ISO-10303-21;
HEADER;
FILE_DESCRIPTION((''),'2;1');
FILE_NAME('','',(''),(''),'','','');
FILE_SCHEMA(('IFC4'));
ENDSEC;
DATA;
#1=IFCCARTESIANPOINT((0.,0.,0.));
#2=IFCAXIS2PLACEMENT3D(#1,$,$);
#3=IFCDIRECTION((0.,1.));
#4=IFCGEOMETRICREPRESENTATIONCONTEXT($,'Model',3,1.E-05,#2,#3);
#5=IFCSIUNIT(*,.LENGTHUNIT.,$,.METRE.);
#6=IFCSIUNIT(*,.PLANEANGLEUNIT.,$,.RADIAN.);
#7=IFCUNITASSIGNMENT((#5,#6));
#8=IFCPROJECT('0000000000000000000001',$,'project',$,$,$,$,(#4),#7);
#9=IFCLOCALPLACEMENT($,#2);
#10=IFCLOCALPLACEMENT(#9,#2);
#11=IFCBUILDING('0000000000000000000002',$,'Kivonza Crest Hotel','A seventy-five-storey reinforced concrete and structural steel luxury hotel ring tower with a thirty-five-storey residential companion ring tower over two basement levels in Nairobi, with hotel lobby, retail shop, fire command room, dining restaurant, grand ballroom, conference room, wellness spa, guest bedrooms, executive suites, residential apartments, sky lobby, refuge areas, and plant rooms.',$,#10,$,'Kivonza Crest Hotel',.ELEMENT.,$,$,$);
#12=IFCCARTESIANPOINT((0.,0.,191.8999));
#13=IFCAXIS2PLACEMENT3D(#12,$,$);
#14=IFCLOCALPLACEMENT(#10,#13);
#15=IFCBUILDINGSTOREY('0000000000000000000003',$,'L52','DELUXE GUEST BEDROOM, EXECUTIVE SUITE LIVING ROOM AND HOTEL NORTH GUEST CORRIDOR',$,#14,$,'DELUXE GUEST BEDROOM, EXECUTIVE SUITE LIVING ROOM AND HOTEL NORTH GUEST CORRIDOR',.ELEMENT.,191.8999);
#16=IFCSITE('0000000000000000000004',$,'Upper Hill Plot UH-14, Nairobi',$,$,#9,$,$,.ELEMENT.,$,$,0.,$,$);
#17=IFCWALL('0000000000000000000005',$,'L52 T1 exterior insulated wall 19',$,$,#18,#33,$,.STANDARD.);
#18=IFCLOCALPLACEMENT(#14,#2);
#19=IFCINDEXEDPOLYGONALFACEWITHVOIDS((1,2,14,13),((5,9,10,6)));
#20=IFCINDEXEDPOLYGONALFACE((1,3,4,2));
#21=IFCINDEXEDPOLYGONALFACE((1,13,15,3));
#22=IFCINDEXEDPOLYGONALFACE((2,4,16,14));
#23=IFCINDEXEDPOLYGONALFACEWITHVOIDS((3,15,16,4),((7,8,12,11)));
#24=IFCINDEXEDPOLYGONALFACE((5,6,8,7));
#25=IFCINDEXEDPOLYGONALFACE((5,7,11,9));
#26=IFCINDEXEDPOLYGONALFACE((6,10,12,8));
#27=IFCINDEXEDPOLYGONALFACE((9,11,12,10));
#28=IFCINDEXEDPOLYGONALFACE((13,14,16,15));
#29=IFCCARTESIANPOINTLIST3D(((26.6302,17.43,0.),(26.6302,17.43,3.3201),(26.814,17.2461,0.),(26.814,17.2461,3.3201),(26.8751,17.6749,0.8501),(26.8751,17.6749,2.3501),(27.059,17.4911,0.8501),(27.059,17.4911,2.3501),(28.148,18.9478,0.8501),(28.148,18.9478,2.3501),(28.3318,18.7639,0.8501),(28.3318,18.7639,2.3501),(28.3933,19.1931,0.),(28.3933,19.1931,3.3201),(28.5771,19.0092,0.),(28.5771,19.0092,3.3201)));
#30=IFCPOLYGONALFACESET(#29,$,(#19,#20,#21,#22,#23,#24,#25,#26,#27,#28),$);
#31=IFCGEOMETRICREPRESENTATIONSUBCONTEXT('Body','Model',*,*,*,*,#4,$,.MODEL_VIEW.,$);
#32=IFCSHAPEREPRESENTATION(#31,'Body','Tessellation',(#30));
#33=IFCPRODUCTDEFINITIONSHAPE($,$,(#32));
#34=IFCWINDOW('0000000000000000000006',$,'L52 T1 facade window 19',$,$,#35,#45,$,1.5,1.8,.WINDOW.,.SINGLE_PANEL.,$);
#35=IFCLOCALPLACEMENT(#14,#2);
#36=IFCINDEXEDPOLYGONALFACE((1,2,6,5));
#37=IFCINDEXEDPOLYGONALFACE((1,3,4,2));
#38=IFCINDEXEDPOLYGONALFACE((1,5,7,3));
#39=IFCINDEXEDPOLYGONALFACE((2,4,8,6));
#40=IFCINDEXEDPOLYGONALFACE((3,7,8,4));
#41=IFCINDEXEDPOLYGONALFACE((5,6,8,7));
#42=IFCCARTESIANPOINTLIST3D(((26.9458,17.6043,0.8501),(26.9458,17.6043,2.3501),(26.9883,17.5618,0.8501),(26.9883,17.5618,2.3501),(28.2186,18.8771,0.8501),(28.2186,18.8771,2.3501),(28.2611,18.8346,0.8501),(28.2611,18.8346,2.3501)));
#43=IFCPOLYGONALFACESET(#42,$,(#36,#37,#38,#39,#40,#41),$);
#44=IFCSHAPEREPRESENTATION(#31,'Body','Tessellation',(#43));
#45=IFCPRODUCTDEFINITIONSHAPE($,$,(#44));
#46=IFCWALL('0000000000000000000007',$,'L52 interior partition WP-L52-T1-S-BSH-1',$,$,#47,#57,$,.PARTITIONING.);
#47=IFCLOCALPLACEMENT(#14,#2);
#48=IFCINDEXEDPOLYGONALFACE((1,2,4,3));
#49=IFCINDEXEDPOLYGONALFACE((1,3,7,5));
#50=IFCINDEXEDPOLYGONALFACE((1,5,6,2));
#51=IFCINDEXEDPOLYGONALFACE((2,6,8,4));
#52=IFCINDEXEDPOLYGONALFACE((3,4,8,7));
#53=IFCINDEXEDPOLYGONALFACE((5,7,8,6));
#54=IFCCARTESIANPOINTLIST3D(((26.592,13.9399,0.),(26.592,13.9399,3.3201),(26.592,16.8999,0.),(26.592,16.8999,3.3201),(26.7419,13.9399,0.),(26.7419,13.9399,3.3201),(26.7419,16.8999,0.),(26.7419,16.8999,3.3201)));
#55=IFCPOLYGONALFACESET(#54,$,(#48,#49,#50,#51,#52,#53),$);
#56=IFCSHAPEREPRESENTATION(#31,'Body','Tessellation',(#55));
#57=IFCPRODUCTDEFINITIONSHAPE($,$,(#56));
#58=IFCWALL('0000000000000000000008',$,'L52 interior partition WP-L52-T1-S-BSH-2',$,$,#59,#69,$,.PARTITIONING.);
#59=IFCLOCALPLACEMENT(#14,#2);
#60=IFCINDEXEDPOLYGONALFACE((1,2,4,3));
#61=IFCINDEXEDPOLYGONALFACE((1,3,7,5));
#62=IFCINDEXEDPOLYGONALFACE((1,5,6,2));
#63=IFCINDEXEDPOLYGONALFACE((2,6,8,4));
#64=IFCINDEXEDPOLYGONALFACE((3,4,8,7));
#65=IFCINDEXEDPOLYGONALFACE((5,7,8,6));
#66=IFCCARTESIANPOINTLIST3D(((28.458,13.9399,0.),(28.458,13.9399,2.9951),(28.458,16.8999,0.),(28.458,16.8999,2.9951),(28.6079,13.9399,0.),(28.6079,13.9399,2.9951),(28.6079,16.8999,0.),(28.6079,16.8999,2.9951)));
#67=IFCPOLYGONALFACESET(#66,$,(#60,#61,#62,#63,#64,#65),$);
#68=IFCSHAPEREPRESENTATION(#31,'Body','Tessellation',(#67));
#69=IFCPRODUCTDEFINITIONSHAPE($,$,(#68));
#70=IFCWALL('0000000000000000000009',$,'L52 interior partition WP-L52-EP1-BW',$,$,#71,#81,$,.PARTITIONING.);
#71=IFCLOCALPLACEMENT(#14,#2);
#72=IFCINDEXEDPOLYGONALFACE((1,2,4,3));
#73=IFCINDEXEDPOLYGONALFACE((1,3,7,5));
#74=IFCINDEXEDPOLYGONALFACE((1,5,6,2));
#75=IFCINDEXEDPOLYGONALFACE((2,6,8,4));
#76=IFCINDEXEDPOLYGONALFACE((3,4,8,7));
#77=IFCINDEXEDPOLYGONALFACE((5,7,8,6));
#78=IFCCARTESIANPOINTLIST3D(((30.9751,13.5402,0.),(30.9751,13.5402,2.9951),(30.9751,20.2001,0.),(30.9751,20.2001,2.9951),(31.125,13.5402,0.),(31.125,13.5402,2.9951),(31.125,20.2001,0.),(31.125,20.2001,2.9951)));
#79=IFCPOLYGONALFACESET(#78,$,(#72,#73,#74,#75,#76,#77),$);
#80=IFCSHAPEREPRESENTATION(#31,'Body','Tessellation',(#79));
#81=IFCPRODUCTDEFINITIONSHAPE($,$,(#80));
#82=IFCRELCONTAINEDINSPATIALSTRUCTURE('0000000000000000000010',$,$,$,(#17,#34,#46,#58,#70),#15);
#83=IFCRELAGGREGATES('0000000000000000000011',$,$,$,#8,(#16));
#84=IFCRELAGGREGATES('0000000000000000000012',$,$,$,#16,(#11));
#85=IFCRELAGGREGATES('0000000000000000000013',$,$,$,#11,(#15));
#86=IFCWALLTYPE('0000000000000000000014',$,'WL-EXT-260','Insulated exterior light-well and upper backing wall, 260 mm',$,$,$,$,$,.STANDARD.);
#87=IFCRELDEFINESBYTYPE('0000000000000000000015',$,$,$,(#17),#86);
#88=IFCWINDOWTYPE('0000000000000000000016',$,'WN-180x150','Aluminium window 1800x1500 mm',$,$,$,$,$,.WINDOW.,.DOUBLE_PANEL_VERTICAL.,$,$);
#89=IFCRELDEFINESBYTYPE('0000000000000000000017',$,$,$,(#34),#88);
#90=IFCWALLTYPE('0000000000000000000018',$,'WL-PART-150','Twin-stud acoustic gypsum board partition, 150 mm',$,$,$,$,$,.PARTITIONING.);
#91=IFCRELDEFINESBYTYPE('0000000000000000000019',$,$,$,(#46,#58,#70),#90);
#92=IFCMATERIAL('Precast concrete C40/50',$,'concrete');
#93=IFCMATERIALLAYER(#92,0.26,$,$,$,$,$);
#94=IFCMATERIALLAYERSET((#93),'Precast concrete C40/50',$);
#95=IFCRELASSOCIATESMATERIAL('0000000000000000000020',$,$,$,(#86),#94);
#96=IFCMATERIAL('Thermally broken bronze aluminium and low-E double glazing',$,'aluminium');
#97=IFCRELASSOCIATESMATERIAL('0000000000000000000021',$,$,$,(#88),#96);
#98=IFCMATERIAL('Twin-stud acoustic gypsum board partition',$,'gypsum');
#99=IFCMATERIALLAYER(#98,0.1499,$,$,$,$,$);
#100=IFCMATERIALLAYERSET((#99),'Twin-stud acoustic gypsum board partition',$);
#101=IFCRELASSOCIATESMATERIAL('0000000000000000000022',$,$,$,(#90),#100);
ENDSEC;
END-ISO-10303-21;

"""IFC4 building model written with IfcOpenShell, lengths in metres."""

from ifc_helpers import new_model, si_unit, direction, frame, frame_2d, origin, place, context, subcontext, project, spatial, rectangle, extrude, material, layer, layer_set, type_object, element, fill, save


model = new_model("IFC4")

# Units and contexts
model_context = context("Model", 3, precision=1e-05, world=origin(), true_north=direction((0.0, 1.0)))
body_context = subcontext(model_context, "Body", "Model", "MODEL_VIEW")
ifc_project = project(units=[si_unit("LENGTHUNIT", "METRE"), si_unit("PLANEANGLEUNIT", "RADIAN")], contexts=[model_context])

# Site, building, storey
site_placement = place(None, origin())
site = spatial("IfcSite", under=ifc_project, at=site_placement, Name="Upper Hill Plot UH-14, Nairobi", CompositionType="ELEMENT", RefElevation=0.0)
building_placement = place(site_placement, origin())
building = spatial("IfcBuilding", under=site, at=building_placement, Name="Kivonza Crest Hotel", Description="A seventy-five-storey reinforced concrete and structural steel luxury hotel ring tower with a thirty-five-storey residential companion ring tower over two basement levels in Nairobi, with hotel lobby, retail shop, fire command room, dining restaurant, grand ballroom, conference room, wellness spa, guest bedrooms, executive suites, residential apartments, sky lobby, refuge areas, and plant rooms.", LongName="Kivonza Crest Hotel", CompositionType="ELEMENT")
storey_placement = place(building_placement, frame((0.0, 0.0, 191.8999)))
storey = spatial("IfcBuildingStorey", under=building, at=storey_placement, Name="L52", Description="DELUXE GUEST BEDROOM, EXECUTIVE SUITE LIVING ROOM AND HOTEL NORTH GUEST CORRIDOR", LongName="DELUXE GUEST BEDROOM, EXECUTIVE SUITE LIVING ROOM AND HOTEL NORTH GUEST CORRIDOR", CompositionType="ELEMENT", Elevation=191.8999)

# Shared definitions
ifc_material_1 = material(Name="Precast concrete C40/50", Category="concrete")
ifc_layer_1 = layer(ifc_material_1, 0.26)
ifc_layer_set_1 = layer_set([ifc_layer_1], Name="Precast concrete C40/50")
wall_type_1 = type_object("IfcWallType", Name="WL-EXT-260", Description="Insulated exterior light-well and upper backing wall, 260 mm", PredefinedType="STANDARD", material=ifc_layer_set_1)
ifc_material_2 = material(Name="Thermally broken bronze aluminium and low-E double glazing", Category="aluminium")
window_type_1 = type_object("IfcWindowType", Name="WN-180x150", Description="Aluminium window 1800x1500 mm", PartitioningType="DOUBLE_PANEL_VERTICAL", PredefinedType="WINDOW", material=ifc_material_2)

# Wall, opening, window
wall_1_placement = place(storey_placement, frame((28.4851, 19.1011, 0.0), z_axis=(0.0, 0.0, 1.0), x_axis=(-0.707107, -0.707107, 0.0)))
wall_1 = element("IfcWall", 1, at=wall_1_placement, inside=storey, type_object=wall_type_1, Name="L52 T1 exterior insulated wall 19", PredefinedType="STANDARD", context=body_context, shape_type="SweptSolid", body=[
    extrude(rectangle(XDim=2.4934, YDim=0.26, at=frame_2d((1.2466, 0.0))), origin(), (0.0, 0.0, 1.0), 3.3201),
])
opening_1_placement = place(wall_1_placement, frame((0.3469, 0.0, 0.8501)))
opening_1 = element("IfcOpeningElement", 2, at=opening_1_placement, cuts=wall_1, PredefinedType="OPENING", context=body_context, shape_type="SweptSolid", body=[
    extrude(rectangle(XDim=1.8, YDim=1.5, at=frame_2d((0.8999, 0.75))), frame((0.0, 0.1401, 0.0), z_axis=(0.0, -1.0, 0.0), x_axis=(1.0, 0.0, 0.0)), (0.0, 0.0, 1.0), 0.28),
])
window_1_placement = place(opening_1_placement, origin())
window_1 = element("IfcWindow", 3, at=window_1_placement, inside=storey, type_object=window_type_1, Name="L52 T1 facade window 19", OverallHeight=1.5, OverallWidth=1.8, PartitioningType="SINGLE_PANEL", PredefinedType="WINDOW", context=body_context, shape_type="SweptSolid", body=[
    extrude(rectangle(XDim=1.8, YDim=1.5, at=frame_2d((0.8999, 0.75))), frame((0.0, 0.03, 0.0), z_axis=(0.0, -1.0, 0.0), x_axis=(1.0, 0.0, 0.0)), (0.0, 0.0, 1.0), 0.0601),
])
fill(opening_1, window_1)

# Walls
ifc_material_3 = material(Name="Twin-stud acoustic gypsum board partition", Category="gypsum")
ifc_layer_2 = layer(ifc_material_3, 0.1499)
ifc_layer_set_2 = layer_set([ifc_layer_2], Name="Twin-stud acoustic gypsum board partition")
wall_type_2 = type_object("IfcWallType", Name="WL-PART-150", Description="Twin-stud acoustic gypsum board partition, 150 mm", PredefinedType="PARTITIONING", material=ifc_layer_set_2)
wall_2_placement = place(storey_placement, frame((26.667, 13.9399, 0.0), z_axis=(0.0, 0.0, 1.0), x_axis=(0.0, 1.0, 0.0)))
element("IfcWall", 4, at=wall_2_placement, inside=storey, type_object=wall_type_2, Name="L52 interior partition WP-L52-T1-S-BSH-1", PredefinedType="PARTITIONING", context=body_context, shape_type="SweptSolid", body=[
    extrude(rectangle(XDim=2.96, YDim=0.1499, at=frame_2d((1.48, 0.0))), origin(), (0.0, 0.0, 1.0), 3.3201),
])
wall_3_placement = place(storey_placement, frame((28.533, 13.9399, 0.0), z_axis=(0.0, 0.0, 1.0), x_axis=(0.0, 1.0, 0.0)))
element("IfcWall", 5, at=wall_3_placement, inside=storey, type_object=wall_type_2, Name="L52 interior partition WP-L52-T1-S-BSH-2", PredefinedType="PARTITIONING", context=body_context, shape_type="SweptSolid", body=[
    extrude(rectangle(XDim=2.96, YDim=0.1499, at=frame_2d((1.48, 0.0))), origin(), (0.0, 0.0, 1.0), 2.9951),
])
wall_4_placement = place(storey_placement, frame((31.05, 13.54, 0.0), z_axis=(0.0, 0.0, 1.0), x_axis=(0.0, 1.0, 0.0)))
element("IfcWall", 6, at=wall_4_placement, inside=storey, type_object=wall_type_2, Name="L52 interior partition WP-L52-EP1-BW", PredefinedType="PARTITIONING", context=body_context, shape_type="SweptSolid", body=[
    extrude(rectangle(XDim=6.6599, YDim=0.1499, at=frame_2d((3.3301, 0.0))), origin(), (0.0, 0.0, 1.0), 2.9951),
])

save(model, "model.ifc")
